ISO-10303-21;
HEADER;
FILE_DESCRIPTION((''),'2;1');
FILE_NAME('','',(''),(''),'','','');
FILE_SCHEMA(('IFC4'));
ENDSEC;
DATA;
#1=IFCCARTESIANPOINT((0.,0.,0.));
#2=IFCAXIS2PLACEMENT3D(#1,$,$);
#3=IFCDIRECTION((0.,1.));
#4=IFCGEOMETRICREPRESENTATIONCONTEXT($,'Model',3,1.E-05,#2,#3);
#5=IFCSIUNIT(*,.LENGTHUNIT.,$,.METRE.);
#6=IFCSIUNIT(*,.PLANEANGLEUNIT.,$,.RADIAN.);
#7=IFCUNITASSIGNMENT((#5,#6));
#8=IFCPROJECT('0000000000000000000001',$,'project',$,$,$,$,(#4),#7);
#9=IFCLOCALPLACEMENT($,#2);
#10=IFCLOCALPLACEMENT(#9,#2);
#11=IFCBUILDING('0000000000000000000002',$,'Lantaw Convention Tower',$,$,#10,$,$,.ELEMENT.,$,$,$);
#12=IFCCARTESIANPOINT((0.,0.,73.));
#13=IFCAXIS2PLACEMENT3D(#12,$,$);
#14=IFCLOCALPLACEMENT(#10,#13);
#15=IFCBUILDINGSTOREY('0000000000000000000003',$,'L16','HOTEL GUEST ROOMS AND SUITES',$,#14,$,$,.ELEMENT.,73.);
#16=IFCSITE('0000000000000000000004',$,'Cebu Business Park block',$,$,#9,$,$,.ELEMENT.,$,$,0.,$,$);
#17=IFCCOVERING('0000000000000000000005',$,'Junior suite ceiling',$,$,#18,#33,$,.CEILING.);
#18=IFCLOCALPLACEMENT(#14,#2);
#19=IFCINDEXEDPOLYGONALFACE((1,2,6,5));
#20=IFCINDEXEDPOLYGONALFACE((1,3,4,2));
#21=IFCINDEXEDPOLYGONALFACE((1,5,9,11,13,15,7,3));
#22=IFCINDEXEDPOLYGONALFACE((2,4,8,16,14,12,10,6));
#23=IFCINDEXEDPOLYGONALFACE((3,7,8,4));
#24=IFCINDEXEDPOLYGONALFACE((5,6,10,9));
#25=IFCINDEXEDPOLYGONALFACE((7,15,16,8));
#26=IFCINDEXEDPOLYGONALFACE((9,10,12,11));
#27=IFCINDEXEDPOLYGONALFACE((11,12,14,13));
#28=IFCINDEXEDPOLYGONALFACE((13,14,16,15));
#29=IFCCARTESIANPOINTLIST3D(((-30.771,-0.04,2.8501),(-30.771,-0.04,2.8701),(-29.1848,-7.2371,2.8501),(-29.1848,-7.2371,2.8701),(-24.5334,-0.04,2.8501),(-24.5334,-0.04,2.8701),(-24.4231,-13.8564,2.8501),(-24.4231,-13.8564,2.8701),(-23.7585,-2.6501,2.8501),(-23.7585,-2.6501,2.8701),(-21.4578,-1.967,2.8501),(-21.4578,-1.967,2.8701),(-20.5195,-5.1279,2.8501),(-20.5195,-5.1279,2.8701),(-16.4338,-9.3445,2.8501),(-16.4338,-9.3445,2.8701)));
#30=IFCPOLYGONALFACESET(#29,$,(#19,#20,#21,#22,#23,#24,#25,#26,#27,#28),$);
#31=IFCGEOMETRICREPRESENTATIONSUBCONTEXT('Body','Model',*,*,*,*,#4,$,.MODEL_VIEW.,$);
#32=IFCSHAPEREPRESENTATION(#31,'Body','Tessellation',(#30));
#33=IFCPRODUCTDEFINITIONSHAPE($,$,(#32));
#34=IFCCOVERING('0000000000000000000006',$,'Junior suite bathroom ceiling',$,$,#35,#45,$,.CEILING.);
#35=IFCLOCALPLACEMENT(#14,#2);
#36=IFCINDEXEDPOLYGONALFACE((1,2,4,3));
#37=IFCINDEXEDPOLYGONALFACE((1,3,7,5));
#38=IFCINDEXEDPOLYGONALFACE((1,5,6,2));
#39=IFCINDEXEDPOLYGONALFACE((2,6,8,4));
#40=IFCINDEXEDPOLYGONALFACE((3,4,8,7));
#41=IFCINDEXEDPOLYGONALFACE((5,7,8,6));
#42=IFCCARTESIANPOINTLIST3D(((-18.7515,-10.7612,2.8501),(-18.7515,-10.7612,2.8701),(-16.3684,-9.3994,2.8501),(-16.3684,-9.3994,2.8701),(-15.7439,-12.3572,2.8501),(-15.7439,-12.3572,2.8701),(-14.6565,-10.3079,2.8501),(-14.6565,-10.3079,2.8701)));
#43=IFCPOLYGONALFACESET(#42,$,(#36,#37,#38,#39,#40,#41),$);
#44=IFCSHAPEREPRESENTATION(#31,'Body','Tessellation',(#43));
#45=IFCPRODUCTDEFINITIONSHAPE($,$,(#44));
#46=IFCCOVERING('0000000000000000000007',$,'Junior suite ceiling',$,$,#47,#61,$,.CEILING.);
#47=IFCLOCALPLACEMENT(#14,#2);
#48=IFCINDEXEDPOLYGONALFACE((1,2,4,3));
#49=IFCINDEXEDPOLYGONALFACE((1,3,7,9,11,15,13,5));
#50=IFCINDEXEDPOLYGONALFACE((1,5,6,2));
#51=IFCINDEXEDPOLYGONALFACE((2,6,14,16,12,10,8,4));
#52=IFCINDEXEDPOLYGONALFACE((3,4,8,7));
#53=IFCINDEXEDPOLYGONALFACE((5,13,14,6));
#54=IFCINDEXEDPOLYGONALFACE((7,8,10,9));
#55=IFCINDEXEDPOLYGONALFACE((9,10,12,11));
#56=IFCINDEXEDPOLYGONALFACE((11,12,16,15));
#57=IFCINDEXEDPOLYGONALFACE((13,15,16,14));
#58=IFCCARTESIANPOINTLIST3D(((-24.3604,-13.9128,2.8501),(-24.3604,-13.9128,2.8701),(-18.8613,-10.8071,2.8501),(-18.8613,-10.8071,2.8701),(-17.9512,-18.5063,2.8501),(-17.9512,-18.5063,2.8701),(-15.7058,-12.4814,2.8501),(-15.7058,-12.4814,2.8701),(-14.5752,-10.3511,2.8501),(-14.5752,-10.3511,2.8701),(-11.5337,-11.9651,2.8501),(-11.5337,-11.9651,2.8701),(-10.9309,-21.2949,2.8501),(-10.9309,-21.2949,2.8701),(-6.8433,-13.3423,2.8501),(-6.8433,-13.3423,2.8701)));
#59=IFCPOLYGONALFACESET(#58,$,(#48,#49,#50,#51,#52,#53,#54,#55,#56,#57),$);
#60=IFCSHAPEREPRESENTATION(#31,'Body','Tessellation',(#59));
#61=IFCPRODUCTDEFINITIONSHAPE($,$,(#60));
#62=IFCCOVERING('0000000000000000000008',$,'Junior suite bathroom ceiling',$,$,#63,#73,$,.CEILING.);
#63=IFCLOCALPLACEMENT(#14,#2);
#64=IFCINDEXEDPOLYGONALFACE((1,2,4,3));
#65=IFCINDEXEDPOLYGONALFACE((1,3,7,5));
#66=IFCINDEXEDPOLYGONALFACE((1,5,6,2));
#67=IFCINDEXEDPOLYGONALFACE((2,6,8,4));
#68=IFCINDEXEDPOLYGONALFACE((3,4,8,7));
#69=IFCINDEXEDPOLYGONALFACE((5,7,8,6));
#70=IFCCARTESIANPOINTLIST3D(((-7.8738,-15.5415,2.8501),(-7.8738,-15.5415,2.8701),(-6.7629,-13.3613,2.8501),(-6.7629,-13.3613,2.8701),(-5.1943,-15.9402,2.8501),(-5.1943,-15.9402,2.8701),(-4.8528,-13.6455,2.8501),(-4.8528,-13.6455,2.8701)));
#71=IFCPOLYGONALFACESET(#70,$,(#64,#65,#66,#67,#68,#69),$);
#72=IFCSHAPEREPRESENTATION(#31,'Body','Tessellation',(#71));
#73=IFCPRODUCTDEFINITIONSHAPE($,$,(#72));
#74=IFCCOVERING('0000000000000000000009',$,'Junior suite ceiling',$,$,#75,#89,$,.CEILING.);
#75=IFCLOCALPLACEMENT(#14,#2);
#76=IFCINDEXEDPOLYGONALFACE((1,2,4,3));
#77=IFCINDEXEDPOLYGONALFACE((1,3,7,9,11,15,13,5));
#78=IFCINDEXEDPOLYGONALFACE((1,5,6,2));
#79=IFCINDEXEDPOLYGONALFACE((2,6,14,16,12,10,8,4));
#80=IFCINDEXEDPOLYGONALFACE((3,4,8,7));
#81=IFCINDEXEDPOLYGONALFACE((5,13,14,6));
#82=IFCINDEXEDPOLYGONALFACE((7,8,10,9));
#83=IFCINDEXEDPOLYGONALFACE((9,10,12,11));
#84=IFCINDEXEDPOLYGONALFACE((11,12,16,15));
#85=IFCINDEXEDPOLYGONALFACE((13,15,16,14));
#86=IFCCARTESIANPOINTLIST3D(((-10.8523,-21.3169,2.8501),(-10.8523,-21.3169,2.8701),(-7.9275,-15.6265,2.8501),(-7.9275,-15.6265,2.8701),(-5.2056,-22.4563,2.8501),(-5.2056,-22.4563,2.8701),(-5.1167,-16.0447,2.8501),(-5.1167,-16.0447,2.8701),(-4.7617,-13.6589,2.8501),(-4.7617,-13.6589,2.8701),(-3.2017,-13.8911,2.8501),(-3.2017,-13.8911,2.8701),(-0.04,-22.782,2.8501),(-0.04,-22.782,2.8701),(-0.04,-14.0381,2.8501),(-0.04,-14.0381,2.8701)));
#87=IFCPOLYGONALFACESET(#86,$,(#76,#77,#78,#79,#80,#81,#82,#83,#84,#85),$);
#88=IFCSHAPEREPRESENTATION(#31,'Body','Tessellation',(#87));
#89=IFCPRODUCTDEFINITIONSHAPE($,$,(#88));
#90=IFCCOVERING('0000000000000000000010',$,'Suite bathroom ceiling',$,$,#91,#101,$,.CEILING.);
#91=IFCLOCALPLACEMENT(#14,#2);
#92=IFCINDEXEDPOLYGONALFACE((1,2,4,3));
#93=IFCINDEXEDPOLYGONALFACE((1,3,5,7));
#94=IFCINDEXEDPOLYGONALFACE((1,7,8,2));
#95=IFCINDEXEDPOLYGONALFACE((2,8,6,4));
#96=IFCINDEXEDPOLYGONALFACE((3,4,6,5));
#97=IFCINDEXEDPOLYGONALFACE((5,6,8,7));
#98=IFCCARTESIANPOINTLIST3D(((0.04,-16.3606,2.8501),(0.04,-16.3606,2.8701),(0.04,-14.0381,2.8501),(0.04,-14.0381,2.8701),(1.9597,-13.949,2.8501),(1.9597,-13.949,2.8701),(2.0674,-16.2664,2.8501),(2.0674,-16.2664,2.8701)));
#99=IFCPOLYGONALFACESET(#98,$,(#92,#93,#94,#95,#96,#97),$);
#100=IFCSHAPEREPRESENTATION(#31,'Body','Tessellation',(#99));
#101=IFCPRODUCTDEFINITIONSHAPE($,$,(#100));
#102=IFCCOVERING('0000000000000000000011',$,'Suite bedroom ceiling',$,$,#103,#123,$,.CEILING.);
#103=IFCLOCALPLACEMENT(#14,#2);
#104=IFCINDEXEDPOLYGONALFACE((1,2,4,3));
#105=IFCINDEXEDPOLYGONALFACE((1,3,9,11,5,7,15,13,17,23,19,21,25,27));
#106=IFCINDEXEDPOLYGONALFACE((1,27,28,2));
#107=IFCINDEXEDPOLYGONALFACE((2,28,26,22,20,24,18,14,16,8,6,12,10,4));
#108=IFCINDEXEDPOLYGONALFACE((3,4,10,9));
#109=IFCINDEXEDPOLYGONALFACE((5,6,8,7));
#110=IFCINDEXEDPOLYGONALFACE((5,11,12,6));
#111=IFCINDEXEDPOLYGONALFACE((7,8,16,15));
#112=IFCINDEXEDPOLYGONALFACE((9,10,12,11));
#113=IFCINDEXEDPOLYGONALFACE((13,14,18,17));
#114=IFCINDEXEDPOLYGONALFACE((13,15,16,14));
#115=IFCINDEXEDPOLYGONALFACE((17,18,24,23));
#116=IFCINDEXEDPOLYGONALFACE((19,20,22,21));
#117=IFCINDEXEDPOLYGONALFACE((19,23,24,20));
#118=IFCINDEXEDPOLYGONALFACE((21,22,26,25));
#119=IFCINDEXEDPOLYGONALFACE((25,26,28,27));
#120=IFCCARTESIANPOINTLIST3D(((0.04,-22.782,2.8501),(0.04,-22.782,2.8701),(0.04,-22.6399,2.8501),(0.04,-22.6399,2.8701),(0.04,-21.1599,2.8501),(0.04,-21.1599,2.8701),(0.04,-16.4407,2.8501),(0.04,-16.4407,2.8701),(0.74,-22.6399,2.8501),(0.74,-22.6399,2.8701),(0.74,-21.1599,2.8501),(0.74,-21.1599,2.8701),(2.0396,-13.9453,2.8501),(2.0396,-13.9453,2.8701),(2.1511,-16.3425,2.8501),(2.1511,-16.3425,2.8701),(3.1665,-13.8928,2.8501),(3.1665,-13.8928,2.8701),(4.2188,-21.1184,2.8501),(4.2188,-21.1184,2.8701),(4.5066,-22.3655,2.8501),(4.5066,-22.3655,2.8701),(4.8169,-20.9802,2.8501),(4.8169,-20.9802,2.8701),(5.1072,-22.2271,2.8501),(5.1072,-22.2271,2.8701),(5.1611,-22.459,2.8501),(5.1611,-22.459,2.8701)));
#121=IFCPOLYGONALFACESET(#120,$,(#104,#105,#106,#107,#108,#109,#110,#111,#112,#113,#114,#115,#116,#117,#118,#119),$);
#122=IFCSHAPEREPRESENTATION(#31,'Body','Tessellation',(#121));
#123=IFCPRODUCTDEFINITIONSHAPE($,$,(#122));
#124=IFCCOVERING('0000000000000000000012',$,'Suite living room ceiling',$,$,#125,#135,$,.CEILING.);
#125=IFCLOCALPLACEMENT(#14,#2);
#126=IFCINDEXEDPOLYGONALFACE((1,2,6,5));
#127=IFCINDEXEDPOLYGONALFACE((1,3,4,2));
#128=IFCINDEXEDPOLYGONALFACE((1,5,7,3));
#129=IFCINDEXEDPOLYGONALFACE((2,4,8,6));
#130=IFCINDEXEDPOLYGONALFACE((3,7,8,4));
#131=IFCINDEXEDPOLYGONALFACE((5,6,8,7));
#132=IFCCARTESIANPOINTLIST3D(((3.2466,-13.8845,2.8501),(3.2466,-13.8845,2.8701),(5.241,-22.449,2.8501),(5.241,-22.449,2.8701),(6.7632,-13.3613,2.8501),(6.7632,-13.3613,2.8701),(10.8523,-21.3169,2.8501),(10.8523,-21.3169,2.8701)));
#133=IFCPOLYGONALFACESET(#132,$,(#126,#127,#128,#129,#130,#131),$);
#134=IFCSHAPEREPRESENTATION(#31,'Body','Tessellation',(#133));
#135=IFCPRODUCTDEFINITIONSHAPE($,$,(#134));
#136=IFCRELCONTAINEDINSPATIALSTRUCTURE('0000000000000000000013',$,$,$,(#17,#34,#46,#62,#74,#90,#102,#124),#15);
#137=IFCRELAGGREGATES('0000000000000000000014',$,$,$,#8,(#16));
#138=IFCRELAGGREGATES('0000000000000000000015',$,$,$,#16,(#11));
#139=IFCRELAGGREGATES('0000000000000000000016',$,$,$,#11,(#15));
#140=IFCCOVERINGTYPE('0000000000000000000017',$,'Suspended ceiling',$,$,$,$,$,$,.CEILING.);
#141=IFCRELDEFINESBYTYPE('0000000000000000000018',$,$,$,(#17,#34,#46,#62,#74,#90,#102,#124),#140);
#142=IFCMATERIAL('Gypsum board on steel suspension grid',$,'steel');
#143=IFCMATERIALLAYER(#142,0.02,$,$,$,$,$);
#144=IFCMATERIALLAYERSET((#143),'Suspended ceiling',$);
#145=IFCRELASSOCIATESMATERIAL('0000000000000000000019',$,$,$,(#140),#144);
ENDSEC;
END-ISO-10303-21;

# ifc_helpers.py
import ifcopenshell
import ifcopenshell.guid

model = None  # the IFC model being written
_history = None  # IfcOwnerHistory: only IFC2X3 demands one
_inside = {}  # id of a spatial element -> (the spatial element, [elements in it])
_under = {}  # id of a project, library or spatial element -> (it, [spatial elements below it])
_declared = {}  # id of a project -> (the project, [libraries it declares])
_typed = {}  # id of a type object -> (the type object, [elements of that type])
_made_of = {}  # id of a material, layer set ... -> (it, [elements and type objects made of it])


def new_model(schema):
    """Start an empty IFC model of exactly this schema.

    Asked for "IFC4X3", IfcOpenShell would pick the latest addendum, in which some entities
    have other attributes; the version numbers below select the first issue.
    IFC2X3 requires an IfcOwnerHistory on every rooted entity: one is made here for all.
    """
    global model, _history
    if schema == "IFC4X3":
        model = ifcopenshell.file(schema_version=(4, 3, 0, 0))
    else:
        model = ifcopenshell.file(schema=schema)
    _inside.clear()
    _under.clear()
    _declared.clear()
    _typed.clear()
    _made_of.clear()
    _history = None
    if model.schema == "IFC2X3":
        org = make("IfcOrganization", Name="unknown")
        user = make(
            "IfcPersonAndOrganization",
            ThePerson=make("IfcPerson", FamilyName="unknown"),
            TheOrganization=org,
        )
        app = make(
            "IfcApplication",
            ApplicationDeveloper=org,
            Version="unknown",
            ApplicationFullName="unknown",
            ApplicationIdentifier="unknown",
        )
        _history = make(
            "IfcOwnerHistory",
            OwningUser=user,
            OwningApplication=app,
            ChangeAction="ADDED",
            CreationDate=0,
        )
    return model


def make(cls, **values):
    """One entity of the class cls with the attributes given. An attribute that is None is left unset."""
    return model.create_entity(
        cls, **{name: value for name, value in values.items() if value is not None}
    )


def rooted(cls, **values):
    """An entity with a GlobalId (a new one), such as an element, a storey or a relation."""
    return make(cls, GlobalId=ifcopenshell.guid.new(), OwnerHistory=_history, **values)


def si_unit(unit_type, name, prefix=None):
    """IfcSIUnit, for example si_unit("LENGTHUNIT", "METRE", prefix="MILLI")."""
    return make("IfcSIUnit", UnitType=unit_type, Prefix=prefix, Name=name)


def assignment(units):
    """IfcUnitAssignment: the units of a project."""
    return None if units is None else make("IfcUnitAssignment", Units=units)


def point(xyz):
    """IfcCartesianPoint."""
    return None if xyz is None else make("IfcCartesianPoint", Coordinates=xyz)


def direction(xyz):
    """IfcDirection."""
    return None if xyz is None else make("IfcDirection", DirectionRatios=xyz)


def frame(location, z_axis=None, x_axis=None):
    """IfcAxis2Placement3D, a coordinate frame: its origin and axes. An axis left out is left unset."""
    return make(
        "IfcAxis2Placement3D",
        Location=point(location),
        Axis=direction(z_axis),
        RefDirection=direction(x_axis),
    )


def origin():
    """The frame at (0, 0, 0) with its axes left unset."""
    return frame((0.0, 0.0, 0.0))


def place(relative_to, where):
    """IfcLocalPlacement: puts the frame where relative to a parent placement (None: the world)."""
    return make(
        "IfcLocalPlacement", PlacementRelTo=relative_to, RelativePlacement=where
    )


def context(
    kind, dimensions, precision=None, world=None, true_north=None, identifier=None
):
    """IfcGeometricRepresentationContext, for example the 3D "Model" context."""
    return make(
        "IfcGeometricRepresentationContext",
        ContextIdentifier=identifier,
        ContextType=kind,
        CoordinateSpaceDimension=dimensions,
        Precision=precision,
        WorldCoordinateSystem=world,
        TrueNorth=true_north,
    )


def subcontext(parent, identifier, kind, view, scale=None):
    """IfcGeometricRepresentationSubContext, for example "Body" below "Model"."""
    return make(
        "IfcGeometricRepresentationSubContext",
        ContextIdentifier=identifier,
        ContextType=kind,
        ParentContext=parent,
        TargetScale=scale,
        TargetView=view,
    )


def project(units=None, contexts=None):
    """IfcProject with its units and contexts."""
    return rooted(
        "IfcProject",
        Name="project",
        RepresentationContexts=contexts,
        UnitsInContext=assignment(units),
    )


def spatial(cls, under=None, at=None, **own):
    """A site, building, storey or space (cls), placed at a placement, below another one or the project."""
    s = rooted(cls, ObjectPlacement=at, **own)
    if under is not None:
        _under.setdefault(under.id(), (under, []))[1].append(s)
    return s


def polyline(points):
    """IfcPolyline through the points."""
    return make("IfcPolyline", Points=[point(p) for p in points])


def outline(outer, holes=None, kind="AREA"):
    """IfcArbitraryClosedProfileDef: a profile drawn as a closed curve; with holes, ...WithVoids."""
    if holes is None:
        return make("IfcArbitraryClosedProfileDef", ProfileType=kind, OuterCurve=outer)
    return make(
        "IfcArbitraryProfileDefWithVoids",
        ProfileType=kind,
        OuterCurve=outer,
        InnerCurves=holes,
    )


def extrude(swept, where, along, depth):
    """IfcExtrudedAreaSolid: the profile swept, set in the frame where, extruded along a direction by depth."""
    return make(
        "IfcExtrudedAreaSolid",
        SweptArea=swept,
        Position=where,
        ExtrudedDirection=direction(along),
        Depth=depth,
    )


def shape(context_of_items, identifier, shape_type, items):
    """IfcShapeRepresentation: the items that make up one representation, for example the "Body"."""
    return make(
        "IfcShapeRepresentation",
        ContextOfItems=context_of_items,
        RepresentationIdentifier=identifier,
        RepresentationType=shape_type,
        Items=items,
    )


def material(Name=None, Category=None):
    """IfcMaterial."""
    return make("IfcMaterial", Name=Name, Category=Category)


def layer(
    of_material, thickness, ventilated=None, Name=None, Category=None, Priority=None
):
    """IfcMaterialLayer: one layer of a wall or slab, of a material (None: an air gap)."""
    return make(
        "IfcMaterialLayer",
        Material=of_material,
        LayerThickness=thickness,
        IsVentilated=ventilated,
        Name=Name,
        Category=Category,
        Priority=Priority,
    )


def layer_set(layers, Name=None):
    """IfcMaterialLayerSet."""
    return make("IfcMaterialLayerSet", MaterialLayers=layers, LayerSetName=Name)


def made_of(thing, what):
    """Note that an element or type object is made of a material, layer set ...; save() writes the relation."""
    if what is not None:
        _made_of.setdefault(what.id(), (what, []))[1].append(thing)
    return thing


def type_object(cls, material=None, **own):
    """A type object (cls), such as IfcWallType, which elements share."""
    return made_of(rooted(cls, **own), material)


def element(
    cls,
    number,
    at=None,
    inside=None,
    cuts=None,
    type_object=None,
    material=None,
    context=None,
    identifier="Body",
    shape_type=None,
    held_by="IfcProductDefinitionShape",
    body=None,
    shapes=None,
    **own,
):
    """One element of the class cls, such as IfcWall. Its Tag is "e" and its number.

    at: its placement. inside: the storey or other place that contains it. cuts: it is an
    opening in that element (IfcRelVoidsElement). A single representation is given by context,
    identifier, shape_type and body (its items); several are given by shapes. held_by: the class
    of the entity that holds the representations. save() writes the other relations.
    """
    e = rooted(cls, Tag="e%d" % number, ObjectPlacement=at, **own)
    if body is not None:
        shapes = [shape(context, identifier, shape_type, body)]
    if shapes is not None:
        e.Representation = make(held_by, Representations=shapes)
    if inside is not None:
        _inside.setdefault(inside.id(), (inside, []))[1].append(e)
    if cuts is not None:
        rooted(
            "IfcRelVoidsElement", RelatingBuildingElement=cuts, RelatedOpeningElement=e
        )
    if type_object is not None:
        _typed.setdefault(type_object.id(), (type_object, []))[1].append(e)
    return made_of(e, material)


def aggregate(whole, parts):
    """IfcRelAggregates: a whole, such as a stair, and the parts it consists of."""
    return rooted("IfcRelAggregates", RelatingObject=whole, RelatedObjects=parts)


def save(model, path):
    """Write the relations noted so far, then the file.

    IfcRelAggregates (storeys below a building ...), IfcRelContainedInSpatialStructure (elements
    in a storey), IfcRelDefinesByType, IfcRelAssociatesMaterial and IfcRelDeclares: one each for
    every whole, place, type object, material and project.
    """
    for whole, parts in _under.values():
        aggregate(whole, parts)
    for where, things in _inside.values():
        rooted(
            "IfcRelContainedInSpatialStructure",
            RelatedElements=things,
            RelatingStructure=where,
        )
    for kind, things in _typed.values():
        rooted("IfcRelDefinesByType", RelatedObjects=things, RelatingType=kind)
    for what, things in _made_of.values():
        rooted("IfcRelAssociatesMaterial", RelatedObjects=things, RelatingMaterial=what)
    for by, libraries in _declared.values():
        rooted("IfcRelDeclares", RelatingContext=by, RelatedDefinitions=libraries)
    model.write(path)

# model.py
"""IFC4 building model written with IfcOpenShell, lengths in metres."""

from ifc_helpers import new_model, si_unit, direction, frame, origin, place, context, subcontext, project, spatial, polyline, outline, extrude, material, layer, layer_set, type_object, element, save


model = new_model("IFC4")

# Units and contexts
model_context = context("Model", 3, precision=1e-05, world=origin(), true_north=direction((0.0, 1.0)))
body_context = subcontext(model_context, "Body", "Model", "MODEL_VIEW")
ifc_project = project(units=[si_unit("LENGTHUNIT", "METRE"), si_unit("PLANEANGLEUNIT", "RADIAN")], contexts=[model_context])

# Site, building, storey
site_placement = place(None, origin())
site = spatial("IfcSite", under=ifc_project, at=site_placement, Name="Cebu Business Park block", CompositionType="ELEMENT", RefElevation=0.0)
building_placement = place(site_placement, origin())
building = spatial("IfcBuilding", under=site, at=building_placement, Name="Lantaw Convention Tower", CompositionType="ELEMENT")
storey_placement = place(building_placement, frame((0.0, 0.0, 73.0)))
storey = spatial("IfcBuildingStorey", under=building, at=storey_placement, Name="L16", Description="HOTEL GUEST ROOMS AND SUITES", CompositionType="ELEMENT", Elevation=73.0)

# Coverings
ifc_material_1 = material(Name="Gypsum board on steel suspension grid", Category="steel")
ifc_layer_1 = layer(ifc_material_1, 0.02)
ifc_layer_set_1 = layer_set([ifc_layer_1], Name="Suspended ceiling")
covering_type = type_object("IfcCoveringType", Name="Suspended ceiling", PredefinedType="CEILING", material=ifc_layer_set_1)
covering_1_placement = place(storey_placement, frame((0.0, 0.0, 2.8501)))
element("IfcCovering", 1, at=covering_1_placement, inside=storey, type_object=covering_type, Name="Junior suite ceiling", PredefinedType="CEILING", context=body_context, shape_type="SweptSolid", body=[
    extrude(outline(polyline([(-21.4578, -1.967), (-23.7585, -2.6501), (-24.5334, -0.04), (-30.771, -0.04), (-29.1848, -7.2371), (-24.4231, -13.8564), (-16.4338, -9.3445), (-20.5195, -5.1279), (-21.4578, -1.967)])), origin(), (0.0, 0.0, 1.0), 0.02),
])
covering_2_placement = place(storey_placement, frame((0.0, 0.0, 2.8501)))
element("IfcCovering", 2, at=covering_2_placement, inside=storey, type_object=covering_type, Name="Junior suite bathroom ceiling", PredefinedType="CEILING", context=body_context, shape_type="SweptSolid", body=[
    extrude(outline(polyline([(-16.3684, -9.3994), (-18.7515, -10.7612), (-15.7439, -12.3572), (-14.6565, -10.3079), (-16.3684, -9.3994)])), origin(), (0.0, 0.0, 1.0), 0.02),
])
covering_3_placement = place(storey_placement, frame((0.0, 0.0, 2.8501)))
element("IfcCovering", 3, at=covering_3_placement, inside=storey, type_object=covering_type, Name="Junior suite ceiling", PredefinedType="CEILING", context=body_context, shape_type="SweptSolid", body=[
    extrude(outline(polyline([(-18.8613, -10.8071), (-24.3604, -13.9128), (-17.9512, -18.5063), (-10.9309, -21.2949), (-6.8433, -13.3423), (-11.5337, -11.9651), (-14.5752, -10.3511), (-15.7058, -12.4814), (-18.8613, -10.8071)])), origin(), (0.0, 0.0, 1.0), 0.02),
])
covering_4_placement = place(storey_placement, frame((0.0, 0.0, 2.8501)))
element("IfcCovering", 4, at=covering_4_placement, inside=storey, type_object=covering_type, Name="Junior suite bathroom ceiling", PredefinedType="CEILING", context=body_context, shape_type="SweptSolid", body=[
    extrude(outline(polyline([(-6.7629, -13.3613), (-7.8738, -15.5415), (-5.1943, -15.9402), (-4.8528, -13.6455), (-6.7629, -13.3613)])), origin(), (0.0, 0.0, 1.0), 0.02),
])
covering_5_placement = place(storey_placement, frame((0.0, 0.0, 2.8501)))
element("IfcCovering", 5, at=covering_5_placement, inside=storey, type_object=covering_type, Name="Junior suite ceiling", PredefinedType="CEILING", context=body_context, shape_type="SweptSolid", body=[
    extrude(outline(polyline([(-3.2017, -13.8911), (-4.7617, -13.6589), (-5.1167, -16.0447), (-7.9275, -15.6265), (-10.8523, -21.3169), (-5.2056, -22.4563), (-0.04, -22.782), (-0.04, -14.0381), (-3.2017, -13.8911)])), origin(), (0.0, 0.0, 1.0), 0.02),
])
covering_6_placement = place(storey_placement, frame((0.0, 0.0, 2.8501)))
element("IfcCovering", 6, at=covering_6_placement, inside=storey, type_object=covering_type, Name="Suite bathroom ceiling", PredefinedType="CEILING", context=body_context, shape_type="SweptSolid", body=[
    extrude(outline(polyline([(0.04, -14.0381), (0.04, -16.3606), (2.0674, -16.2664), (1.9597, -13.949), (0.04, -14.0381)])), origin(), (0.0, 0.0, 1.0), 0.02),
])
covering_7_placement = place(storey_placement, frame((0.0, 0.0, 2.8501)))
element("IfcCovering", 7, at=covering_7_placement, inside=storey, type_object=covering_type, Name="Suite bedroom ceiling", PredefinedType="CEILING", context=body_context, shape_type="SweptSolid", body=[
    extrude(outline(polyline([(2.0396, -13.9453), (2.1511, -16.3425), (0.04, -16.4407), (0.04, -21.1599), (0.74, -21.1599), (0.74, -22.6399), (0.04, -22.6399), (0.04, -22.782), (5.1611, -22.459), (5.1072, -22.2271), (4.5066, -22.3655), (4.2188, -21.1184), (4.8169, -20.9802), (3.1665, -13.8928), (2.0396, -13.9453)])), origin(), (0.0, 0.0, 1.0), 0.02),
])
covering_8_placement = place(storey_placement, frame((0.0, 0.0, 2.8501)))
element("IfcCovering", 8, at=covering_8_placement, inside=storey, type_object=covering_type, Name="Suite living room ceiling", PredefinedType="CEILING", context=body_context, shape_type="SweptSolid", body=[
    extrude(outline(polyline([(3.2466, -13.8845), (5.241, -22.449), (10.8523, -21.3169), (6.7632, -13.3613), (3.2466, -13.8845)])), origin(), (0.0, 0.0, 1.0), 0.02),
])

save(model, "model.ifc")
